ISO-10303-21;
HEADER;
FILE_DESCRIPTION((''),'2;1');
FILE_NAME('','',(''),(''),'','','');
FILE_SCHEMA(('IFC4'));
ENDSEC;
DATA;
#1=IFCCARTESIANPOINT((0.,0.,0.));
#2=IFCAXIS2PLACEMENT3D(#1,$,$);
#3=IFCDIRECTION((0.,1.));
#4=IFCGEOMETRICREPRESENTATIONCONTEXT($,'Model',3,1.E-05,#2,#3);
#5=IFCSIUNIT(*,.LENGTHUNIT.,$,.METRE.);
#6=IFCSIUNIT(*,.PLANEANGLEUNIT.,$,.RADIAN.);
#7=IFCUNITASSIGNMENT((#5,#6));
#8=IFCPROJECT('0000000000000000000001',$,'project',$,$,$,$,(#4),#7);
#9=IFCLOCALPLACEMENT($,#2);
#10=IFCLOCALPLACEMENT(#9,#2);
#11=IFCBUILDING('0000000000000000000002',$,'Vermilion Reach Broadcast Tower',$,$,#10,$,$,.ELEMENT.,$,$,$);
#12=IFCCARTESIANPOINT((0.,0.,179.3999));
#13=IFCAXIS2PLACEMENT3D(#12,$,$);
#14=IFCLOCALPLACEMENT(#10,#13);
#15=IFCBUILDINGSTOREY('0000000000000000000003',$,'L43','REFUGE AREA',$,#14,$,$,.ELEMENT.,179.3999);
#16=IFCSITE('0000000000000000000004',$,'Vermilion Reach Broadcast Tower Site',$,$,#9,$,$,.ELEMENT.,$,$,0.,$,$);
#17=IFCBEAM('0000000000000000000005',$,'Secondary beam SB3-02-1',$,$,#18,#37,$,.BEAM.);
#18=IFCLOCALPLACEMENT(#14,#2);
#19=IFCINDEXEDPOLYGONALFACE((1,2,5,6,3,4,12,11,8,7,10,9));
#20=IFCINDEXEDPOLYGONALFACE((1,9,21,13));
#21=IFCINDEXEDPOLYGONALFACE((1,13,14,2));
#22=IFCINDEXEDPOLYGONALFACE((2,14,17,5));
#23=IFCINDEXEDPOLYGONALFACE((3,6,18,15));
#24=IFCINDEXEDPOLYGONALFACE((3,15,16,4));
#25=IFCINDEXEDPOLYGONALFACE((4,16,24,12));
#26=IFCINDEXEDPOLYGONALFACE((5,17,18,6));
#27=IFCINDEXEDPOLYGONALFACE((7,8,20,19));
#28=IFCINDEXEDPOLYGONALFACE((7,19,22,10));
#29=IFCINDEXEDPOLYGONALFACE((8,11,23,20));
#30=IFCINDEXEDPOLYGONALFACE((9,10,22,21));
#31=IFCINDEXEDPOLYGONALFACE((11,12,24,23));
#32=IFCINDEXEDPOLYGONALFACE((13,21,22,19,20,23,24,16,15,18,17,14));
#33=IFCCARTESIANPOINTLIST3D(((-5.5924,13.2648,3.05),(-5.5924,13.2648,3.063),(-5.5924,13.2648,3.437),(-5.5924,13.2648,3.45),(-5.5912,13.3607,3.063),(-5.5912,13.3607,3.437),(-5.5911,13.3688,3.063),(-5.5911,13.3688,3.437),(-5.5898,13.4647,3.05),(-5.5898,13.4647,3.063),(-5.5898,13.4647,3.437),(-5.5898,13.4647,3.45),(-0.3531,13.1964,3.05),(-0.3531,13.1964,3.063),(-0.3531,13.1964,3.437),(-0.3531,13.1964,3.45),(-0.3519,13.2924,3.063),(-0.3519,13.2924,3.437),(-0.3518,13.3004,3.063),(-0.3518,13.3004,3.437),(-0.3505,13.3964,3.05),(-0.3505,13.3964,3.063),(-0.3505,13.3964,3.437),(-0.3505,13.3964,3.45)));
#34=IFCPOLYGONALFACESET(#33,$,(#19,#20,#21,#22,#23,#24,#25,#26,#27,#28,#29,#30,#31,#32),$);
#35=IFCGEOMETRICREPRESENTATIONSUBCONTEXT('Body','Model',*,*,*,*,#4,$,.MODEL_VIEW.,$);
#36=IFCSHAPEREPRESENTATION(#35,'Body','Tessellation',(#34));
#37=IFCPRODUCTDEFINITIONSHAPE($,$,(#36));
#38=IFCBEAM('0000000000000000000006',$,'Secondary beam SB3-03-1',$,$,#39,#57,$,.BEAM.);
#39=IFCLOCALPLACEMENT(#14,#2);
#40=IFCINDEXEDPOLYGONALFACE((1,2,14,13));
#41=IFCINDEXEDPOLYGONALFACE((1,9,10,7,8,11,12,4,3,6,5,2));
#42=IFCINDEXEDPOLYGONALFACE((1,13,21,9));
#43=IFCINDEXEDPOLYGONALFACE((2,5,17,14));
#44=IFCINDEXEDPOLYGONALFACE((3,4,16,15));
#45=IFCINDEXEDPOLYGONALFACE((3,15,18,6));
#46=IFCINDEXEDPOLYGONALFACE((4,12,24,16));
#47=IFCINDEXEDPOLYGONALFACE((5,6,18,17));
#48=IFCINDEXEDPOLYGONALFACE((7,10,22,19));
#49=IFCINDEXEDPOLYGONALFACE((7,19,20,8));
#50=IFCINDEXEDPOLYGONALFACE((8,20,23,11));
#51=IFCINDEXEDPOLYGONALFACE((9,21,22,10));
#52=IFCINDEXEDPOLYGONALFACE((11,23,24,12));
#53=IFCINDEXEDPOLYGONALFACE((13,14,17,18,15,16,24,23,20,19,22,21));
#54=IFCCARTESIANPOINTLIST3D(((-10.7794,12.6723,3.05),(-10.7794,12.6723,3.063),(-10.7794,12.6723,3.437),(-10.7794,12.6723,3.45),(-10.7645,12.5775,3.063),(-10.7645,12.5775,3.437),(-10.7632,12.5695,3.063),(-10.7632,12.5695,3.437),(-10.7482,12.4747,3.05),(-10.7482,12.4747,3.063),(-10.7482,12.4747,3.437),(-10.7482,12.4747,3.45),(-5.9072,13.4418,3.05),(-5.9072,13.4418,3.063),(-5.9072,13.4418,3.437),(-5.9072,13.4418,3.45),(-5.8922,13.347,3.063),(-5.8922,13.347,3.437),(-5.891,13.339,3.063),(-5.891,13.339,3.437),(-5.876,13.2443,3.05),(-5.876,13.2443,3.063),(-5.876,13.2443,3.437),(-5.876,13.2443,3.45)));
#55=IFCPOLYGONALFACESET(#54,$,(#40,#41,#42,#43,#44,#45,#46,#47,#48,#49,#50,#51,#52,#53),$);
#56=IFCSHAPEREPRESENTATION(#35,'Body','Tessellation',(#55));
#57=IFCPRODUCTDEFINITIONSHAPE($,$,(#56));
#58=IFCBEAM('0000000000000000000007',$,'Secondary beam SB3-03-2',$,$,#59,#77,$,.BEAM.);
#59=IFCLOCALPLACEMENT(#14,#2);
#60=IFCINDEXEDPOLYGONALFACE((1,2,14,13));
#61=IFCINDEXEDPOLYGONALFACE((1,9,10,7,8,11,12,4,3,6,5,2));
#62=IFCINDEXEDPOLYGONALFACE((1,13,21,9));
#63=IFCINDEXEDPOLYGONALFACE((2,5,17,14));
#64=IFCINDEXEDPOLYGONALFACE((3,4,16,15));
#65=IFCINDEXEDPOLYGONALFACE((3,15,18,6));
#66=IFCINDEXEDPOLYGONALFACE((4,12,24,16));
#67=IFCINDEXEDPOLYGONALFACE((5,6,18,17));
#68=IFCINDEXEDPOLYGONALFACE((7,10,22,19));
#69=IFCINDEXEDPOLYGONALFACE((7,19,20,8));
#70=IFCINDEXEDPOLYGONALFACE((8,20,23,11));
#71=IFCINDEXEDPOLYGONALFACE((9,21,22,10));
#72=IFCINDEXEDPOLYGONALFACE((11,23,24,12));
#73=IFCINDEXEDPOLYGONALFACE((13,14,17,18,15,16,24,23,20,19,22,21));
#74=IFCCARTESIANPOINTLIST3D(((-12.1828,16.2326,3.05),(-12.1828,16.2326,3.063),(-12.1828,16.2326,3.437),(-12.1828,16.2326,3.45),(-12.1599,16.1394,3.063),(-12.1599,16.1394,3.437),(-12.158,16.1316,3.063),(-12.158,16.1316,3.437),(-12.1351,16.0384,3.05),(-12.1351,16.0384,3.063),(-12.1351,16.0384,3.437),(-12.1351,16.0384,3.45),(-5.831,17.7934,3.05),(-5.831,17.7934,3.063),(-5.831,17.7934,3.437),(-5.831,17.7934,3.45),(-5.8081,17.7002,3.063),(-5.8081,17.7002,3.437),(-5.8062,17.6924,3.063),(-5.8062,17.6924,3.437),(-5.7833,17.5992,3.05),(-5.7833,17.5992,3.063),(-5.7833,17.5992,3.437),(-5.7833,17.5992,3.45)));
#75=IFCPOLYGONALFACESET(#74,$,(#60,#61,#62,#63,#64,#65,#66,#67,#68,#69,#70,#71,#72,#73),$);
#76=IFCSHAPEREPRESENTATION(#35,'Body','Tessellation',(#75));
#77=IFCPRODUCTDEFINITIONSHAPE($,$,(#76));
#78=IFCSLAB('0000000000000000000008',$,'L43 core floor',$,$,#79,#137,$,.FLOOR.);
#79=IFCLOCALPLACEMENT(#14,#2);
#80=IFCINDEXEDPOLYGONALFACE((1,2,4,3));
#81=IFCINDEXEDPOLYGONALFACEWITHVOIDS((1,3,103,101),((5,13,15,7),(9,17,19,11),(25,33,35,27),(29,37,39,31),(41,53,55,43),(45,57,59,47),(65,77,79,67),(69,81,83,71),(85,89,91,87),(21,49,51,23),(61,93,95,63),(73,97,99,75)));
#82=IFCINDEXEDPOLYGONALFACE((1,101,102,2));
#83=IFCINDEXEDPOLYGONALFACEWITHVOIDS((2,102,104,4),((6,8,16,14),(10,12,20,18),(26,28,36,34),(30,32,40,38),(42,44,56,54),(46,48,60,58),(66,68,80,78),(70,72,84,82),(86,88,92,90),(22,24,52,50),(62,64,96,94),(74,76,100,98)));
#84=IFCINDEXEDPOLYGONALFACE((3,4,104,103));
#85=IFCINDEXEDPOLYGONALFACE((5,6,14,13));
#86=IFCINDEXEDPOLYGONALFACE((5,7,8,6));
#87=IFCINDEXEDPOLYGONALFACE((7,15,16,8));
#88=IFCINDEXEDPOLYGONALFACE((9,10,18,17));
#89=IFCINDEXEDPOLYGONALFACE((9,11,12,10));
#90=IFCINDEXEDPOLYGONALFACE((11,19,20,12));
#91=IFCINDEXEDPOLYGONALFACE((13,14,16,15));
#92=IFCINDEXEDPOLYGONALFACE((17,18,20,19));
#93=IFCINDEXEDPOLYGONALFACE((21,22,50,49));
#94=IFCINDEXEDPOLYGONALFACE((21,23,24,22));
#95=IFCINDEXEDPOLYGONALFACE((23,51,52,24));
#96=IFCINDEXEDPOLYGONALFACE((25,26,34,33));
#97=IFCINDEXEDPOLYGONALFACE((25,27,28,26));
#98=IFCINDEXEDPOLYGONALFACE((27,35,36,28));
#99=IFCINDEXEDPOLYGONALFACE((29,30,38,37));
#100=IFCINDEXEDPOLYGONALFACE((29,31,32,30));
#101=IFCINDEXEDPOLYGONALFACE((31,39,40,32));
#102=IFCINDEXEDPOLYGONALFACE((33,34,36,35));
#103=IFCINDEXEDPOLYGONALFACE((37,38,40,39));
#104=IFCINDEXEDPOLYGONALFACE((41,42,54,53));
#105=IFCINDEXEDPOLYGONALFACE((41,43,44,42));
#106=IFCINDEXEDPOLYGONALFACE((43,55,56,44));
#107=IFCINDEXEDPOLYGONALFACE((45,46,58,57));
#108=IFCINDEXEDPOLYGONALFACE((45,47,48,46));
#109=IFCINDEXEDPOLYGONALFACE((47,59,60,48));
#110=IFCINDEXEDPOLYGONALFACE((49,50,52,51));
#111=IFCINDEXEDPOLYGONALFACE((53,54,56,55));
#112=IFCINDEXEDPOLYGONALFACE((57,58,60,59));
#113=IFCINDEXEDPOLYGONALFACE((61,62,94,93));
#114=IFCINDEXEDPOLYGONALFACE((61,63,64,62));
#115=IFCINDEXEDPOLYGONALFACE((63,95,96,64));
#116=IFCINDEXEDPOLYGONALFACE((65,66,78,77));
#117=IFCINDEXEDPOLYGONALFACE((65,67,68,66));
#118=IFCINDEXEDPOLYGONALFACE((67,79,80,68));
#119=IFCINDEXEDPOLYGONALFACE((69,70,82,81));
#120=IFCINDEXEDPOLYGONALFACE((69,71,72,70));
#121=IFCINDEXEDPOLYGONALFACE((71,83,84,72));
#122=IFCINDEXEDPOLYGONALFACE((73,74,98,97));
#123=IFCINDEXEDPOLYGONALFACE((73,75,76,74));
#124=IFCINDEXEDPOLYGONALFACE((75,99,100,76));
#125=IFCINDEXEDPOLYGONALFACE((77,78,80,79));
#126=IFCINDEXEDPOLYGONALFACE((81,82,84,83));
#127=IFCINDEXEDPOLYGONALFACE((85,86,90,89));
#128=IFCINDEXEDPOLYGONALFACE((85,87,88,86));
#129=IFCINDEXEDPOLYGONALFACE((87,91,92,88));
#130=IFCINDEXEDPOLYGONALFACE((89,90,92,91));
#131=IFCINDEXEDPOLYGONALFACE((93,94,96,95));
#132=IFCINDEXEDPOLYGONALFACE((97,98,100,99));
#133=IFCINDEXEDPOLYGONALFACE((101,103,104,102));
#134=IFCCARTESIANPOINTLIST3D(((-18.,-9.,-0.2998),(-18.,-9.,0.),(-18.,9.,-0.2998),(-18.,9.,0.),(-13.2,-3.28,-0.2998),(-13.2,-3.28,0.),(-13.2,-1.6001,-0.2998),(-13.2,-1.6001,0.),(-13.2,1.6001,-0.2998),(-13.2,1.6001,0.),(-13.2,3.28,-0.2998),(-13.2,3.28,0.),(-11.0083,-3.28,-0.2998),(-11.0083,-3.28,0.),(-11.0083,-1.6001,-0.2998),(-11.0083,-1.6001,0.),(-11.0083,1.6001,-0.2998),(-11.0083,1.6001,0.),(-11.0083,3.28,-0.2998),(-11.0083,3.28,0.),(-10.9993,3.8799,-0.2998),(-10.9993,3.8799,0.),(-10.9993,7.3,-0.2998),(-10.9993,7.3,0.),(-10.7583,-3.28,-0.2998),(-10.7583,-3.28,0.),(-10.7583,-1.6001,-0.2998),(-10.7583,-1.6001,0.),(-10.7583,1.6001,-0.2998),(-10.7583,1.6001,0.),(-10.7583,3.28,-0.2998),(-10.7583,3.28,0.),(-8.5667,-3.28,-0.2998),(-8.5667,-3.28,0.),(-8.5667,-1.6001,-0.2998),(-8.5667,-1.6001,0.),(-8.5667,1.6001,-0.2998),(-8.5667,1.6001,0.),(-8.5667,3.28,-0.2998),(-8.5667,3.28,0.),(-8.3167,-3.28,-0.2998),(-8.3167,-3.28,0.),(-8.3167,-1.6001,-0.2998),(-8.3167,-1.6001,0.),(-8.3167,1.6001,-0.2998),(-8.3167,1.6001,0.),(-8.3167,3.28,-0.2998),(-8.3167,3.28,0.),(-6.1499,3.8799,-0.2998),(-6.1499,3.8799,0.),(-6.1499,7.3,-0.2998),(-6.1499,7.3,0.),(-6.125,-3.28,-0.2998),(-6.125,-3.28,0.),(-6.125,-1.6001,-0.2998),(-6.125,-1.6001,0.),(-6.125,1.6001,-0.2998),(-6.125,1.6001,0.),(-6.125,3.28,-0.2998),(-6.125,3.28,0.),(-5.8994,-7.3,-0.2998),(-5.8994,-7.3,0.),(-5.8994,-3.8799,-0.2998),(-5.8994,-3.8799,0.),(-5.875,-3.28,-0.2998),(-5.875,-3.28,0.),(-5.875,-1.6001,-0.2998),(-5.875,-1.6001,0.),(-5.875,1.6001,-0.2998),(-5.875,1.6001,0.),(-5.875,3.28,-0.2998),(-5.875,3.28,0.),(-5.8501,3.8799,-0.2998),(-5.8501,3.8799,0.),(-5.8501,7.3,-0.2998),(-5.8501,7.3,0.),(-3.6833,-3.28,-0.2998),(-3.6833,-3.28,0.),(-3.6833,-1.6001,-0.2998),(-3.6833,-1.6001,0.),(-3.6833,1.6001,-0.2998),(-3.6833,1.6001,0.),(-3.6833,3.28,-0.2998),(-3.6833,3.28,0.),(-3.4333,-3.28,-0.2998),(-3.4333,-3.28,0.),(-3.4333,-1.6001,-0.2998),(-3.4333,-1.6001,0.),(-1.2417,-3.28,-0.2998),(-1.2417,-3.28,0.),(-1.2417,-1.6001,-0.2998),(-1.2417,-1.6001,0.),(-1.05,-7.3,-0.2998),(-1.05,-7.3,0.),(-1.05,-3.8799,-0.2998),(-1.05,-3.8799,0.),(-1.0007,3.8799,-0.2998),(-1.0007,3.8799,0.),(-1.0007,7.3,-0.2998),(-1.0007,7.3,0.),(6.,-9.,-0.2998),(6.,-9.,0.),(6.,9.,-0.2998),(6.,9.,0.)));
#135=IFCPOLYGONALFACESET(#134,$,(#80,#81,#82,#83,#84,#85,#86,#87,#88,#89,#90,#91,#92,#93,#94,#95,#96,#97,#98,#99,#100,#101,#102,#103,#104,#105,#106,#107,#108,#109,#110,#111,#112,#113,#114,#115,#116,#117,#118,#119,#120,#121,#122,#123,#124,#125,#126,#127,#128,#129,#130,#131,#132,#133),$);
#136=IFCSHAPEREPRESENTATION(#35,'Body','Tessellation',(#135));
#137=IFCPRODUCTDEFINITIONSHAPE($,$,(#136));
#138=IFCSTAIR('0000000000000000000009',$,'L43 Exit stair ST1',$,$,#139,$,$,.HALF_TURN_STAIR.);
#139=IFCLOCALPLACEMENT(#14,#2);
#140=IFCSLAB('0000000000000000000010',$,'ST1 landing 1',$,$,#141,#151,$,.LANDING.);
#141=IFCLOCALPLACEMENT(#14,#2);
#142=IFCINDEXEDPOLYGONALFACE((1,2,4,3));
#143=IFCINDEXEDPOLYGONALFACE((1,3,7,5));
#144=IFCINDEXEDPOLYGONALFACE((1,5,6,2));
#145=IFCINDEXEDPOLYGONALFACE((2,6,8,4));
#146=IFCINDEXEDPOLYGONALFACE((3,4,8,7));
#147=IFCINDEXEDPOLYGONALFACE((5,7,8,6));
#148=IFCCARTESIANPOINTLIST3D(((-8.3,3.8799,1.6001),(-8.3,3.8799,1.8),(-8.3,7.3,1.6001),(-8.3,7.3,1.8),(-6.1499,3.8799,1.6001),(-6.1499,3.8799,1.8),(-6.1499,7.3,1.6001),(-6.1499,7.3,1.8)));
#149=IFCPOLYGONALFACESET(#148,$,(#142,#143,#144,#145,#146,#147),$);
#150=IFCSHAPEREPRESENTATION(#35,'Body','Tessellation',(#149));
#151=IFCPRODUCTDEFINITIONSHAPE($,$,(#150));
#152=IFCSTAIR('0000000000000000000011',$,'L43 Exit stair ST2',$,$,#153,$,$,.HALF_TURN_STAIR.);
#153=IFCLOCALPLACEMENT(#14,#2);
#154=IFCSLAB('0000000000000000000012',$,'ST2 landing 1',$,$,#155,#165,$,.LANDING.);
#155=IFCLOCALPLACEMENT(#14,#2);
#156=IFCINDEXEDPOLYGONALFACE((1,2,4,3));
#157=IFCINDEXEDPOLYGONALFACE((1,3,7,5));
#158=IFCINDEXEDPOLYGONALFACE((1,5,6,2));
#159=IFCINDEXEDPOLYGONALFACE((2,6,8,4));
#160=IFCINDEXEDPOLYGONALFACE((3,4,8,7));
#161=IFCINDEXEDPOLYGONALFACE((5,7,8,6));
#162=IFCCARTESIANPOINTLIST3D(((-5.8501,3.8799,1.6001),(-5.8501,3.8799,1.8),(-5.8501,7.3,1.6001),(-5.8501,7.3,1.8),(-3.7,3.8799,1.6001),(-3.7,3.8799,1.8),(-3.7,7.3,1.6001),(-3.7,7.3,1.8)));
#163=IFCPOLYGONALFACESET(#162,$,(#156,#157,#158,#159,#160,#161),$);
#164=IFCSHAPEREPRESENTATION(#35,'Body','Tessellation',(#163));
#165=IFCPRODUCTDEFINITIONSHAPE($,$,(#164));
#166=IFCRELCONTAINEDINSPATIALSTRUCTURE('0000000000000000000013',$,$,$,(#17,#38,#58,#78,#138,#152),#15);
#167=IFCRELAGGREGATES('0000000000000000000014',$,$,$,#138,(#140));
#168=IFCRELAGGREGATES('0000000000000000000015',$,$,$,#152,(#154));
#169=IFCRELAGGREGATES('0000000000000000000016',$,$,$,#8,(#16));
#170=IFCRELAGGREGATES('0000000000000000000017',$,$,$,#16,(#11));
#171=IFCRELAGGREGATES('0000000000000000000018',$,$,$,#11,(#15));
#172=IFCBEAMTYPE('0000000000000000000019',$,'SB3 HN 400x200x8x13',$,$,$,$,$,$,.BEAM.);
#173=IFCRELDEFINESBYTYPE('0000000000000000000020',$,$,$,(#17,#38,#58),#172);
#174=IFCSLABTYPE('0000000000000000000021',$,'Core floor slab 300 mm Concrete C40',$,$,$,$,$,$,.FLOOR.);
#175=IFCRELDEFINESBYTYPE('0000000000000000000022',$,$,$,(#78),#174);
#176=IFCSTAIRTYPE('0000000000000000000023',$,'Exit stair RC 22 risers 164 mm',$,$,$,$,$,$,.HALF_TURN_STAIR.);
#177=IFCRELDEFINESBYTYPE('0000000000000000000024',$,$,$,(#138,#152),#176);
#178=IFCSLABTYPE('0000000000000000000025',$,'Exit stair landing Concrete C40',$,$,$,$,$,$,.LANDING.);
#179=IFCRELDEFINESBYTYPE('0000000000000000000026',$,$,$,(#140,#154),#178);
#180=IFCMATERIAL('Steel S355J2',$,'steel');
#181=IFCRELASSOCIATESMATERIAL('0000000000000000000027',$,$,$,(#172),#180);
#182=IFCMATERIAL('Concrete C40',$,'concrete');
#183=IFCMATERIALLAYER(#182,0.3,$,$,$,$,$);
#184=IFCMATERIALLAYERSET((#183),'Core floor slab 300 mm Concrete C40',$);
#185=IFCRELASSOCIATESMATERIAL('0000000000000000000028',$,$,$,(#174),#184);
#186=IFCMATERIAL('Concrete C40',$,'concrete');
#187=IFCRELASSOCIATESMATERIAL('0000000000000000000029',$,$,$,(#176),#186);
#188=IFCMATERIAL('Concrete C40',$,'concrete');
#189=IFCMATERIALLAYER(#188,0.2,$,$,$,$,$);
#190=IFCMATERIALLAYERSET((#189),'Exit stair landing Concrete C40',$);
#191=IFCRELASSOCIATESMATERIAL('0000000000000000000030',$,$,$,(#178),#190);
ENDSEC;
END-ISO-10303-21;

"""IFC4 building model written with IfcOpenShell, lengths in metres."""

from ifc_helpers import new_model, si_unit, direction, frame, origin, origin_2d, place, context, subcontext, project, spatial, polyline, i_section, outline, extrude, material, layer, layer_set, material_profile, profile_set, type_object, element, aggregate, save


model = new_model("IFC4")

# Units and contexts
model_context = context("Model", 3, precision=1e-05, world=origin(), true_north=direction((0.0, 1.0)))
body_context = subcontext(model_context, "Body", "Model", "MODEL_VIEW")
ifc_project = project(units=[si_unit("LENGTHUNIT", "METRE"), si_unit("PLANEANGLEUNIT", "RADIAN")], contexts=[model_context])

# Site, building, storey
site_placement = place(None, origin())
site = spatial("IfcSite", under=ifc_project, at=site_placement, Name="Vermilion Reach Broadcast Tower Site", CompositionType="ELEMENT", RefElevation=0.0)
building_placement = place(site_placement, origin())
building = spatial("IfcBuilding", under=site, at=building_placement, Name="Vermilion Reach Broadcast Tower", CompositionType="ELEMENT")
storey_placement = place(building_placement, frame((0.0, 0.0, 179.3999)))
storey = spatial("IfcBuildingStorey", under=building, at=storey_placement, Name="L43", Description="REFUGE AREA", CompositionType="ELEMENT", Elevation=179.3999)

# Beams
ifc_material_1 = material(Name="Steel S355J2", Category="steel")
ifc_material_profile_1 = material_profile(ifc_material_1, i_section(OverallWidth=0.2, OverallDepth=0.3999, WebThickness=0.0081, FlangeThickness=0.0129, at=origin_2d()), Name="S355J2 HN 400x200x8x13")
ifc_profile_set_1 = profile_set([ifc_material_profile_1], Name="Steel S355J2")
beam_type_1 = type_object("IfcBeamType", Name="SB3 HN 400x200x8x13", PredefinedType="BEAM", material=ifc_profile_set_1)
beam_1_placement = place(storey_placement, frame((-0.3518, 13.2964, 3.25), z_axis=(-0.999915, 0.013046, 0.0), x_axis=(-0.013046, -0.999915, 0.0)))
element("IfcBeam", 1, at=beam_1_placement, inside=storey, type_object=beam_type_1, Name="Secondary beam SB3-02-1", PredefinedType="BEAM", context=body_context, shape_type="SweptSolid", body=[
    extrude(i_section(OverallWidth=0.2, OverallDepth=0.3999, WebThickness=0.0081, FlangeThickness=0.0129, at=origin_2d()), origin(), (0.0, 0.0, 1.0), 5.2397),
])
beam_2_placement = place(storey_placement, frame((-5.8916, 13.343, 3.25), z_axis=(-0.987756, -0.156006, 0.0), x_axis=(0.156006, -0.987756, 0.0)))
element("IfcBeam", 2, at=beam_2_placement, inside=storey, type_object=beam_type_1, Name="Secondary beam SB3-03-1", PredefinedType="BEAM", context=body_context, shape_type="SweptSolid", body=[
    extrude(i_section(OverallWidth=0.2, OverallDepth=0.3999, WebThickness=0.0081, FlangeThickness=0.0129, at=origin_2d()), origin(), (0.0, 0.0, 1.0), 4.9326),
])
beam_3_placement = place(storey_placement, frame((-5.8071, 17.6963, 3.25), z_axis=(-0.971112, -0.238625, 0.0), x_axis=(0.238625, -0.971112, 0.0)))
element("IfcBeam", 3, at=beam_3_placement, inside=storey, type_object=beam_type_1, Name="Secondary beam SB3-03-2", PredefinedType="BEAM", context=body_context, shape_type="SweptSolid", body=[
    extrude(i_section(OverallWidth=0.2, OverallDepth=0.3999, WebThickness=0.0081, FlangeThickness=0.0129, at=origin_2d()), origin(), (0.0, 0.0, 1.0), 6.5408),
])

# Slab
ifc_material_2 = material(Name="Concrete C40", Category="concrete")
ifc_layer_1 = layer(ifc_material_2, 0.3)
ifc_layer_set_1 = layer_set([ifc_layer_1], Name="Core floor slab 300 mm Concrete C40")
slab_type_1 = type_object("IfcSlabType", Name="Core floor slab 300 mm Concrete C40", PredefinedType="FLOOR", material=ifc_layer_set_1)
slab_1_placement = place(storey_placement, frame((0.0, 0.0, -0.2998)))
element("IfcSlab", 4, at=slab_1_placement, inside=storey, type_object=slab_type_1, Name="L43 core floor", PredefinedType="FLOOR", context=body_context, shape_type="SweptSolid", body=[
    extrude(outline(polyline([(-18.0, -9.0), (6.0, -9.0), (6.0, 9.0), (-18.0, 9.0), (-18.0, -9.0)]), holes=[polyline([(-13.2, 1.6001), (-11.0083, 1.6001), (-11.0083, 3.28), (-13.2, 3.28), (-13.2, 1.6001)]), polyline([(-10.7583, 1.6001), (-8.5667, 1.6001), (-8.5667, 3.28), (-10.7583, 3.28), (-10.7583, 1.6001)]), polyline([(-8.3167, 1.6001), (-6.125, 1.6001), (-6.125, 3.28), (-8.3167, 3.28), (-8.3167, 1.6001)]), polyline([(-5.875, 1.6001), (-3.6833, 1.6001), (-3.6833, 3.28), (-5.875, 3.28), (-5.875, 1.6001)]), polyline([(-13.2, -3.28), (-11.0083, -3.28), (-11.0083, -1.6001), (-13.2, -1.6001), (-13.2, -3.28)]), polyline([(-10.7583, -3.28), (-8.5667, -3.28), (-8.5667, -1.6001), (-10.7583, -1.6001), (-10.7583, -3.28)]), polyline([(-8.3167, -3.28), (-6.125, -3.28), (-6.125, -1.6001), (-8.3167, -1.6001), (-8.3167, -3.28)]), polyline([(-5.875, -3.28), (-3.6833, -3.28), (-3.6833, -1.6001), (-5.875, -1.6001), (-5.875, -3.28)]), polyline([(-3.4333, -3.28), (-1.2417, -3.28), (-1.2417, -1.6001), (-3.4333, -1.6001), (-3.4333, -3.28)]), polyline([(-10.9993, 3.8799), (-6.1499, 3.8799), (-6.1499, 7.3), (-10.9993, 7.3), (-10.9993, 3.8799)]), polyline([(-1.0007, 7.3), (-5.8501, 7.3), (-5.8501, 3.8799), (-1.0007, 3.8799), (-1.0007, 7.3)]), polyline([(-5.8994, -7.3), (-1.05, -7.3), (-1.05, -3.8799), (-5.8994, -3.8799), (-5.8994, -7.3)])]), origin(), (0.0, 0.0, 1.0), 0.2998),
])

# Stairs, slabs
ifc_material_3 = material(Name="Concrete C40", Category="concrete")
stair_type = type_object("IfcStairType", Name="Exit stair RC 22 risers 164 mm", PredefinedType="HALF_TURN_STAIR", material=ifc_material_3)
placement_1 = place(storey_placement, origin())
stair_1 = element("IfcStair", 5, at=placement_1, inside=storey, type_object=stair_type, Name="L43 Exit stair ST1", PredefinedType="HALF_TURN_STAIR")
ifc_material_4 = material(Name="Concrete C40", Category="concrete")
ifc_layer_2 = layer(ifc_material_4, 0.2)
ifc_layer_set_2 = layer_set([ifc_layer_2], Name="Exit stair landing Concrete C40")
slab_type_2 = type_object("IfcSlabType", Name="Exit stair landing Concrete C40", PredefinedType="LANDING", material=ifc_layer_set_2)
placement_2 = place(storey_placement, frame((0.0, 0.0, 1.6001)))
slab_2 = element("IfcSlab", 6, at=placement_2, type_object=slab_type_2, Name="ST1 landing 1", PredefinedType="LANDING", context=body_context, shape_type="SweptSolid", body=[
    extrude(outline(polyline([(-8.3, 3.8799), (-6.1499, 3.8799), (-6.1499, 7.3), (-8.3, 7.3), (-8.3, 3.8799)])), origin(), (0.0, 0.0, 1.0), 0.2),
])
aggregate(stair_1, [slab_2])
stair_2 = element("IfcStair", 7, at=placement_1, inside=storey, type_object=stair_type, Name="L43 Exit stair ST2", PredefinedType="HALF_TURN_STAIR")
slab_3 = element("IfcSlab", 8, at=placement_2, type_object=slab_type_2, Name="ST2 landing 1", PredefinedType="LANDING", context=body_context, shape_type="SweptSolid", body=[
    extrude(outline(polyline([(-3.7, 7.3), (-5.8501, 7.3), (-5.8501, 3.8799), (-3.7, 3.8799), (-3.7, 7.3)])), origin(), (0.0, 0.0, 1.0), 0.2),
])

aggregate(stair_2, [slab_3])

save(model, "model.ifc")
